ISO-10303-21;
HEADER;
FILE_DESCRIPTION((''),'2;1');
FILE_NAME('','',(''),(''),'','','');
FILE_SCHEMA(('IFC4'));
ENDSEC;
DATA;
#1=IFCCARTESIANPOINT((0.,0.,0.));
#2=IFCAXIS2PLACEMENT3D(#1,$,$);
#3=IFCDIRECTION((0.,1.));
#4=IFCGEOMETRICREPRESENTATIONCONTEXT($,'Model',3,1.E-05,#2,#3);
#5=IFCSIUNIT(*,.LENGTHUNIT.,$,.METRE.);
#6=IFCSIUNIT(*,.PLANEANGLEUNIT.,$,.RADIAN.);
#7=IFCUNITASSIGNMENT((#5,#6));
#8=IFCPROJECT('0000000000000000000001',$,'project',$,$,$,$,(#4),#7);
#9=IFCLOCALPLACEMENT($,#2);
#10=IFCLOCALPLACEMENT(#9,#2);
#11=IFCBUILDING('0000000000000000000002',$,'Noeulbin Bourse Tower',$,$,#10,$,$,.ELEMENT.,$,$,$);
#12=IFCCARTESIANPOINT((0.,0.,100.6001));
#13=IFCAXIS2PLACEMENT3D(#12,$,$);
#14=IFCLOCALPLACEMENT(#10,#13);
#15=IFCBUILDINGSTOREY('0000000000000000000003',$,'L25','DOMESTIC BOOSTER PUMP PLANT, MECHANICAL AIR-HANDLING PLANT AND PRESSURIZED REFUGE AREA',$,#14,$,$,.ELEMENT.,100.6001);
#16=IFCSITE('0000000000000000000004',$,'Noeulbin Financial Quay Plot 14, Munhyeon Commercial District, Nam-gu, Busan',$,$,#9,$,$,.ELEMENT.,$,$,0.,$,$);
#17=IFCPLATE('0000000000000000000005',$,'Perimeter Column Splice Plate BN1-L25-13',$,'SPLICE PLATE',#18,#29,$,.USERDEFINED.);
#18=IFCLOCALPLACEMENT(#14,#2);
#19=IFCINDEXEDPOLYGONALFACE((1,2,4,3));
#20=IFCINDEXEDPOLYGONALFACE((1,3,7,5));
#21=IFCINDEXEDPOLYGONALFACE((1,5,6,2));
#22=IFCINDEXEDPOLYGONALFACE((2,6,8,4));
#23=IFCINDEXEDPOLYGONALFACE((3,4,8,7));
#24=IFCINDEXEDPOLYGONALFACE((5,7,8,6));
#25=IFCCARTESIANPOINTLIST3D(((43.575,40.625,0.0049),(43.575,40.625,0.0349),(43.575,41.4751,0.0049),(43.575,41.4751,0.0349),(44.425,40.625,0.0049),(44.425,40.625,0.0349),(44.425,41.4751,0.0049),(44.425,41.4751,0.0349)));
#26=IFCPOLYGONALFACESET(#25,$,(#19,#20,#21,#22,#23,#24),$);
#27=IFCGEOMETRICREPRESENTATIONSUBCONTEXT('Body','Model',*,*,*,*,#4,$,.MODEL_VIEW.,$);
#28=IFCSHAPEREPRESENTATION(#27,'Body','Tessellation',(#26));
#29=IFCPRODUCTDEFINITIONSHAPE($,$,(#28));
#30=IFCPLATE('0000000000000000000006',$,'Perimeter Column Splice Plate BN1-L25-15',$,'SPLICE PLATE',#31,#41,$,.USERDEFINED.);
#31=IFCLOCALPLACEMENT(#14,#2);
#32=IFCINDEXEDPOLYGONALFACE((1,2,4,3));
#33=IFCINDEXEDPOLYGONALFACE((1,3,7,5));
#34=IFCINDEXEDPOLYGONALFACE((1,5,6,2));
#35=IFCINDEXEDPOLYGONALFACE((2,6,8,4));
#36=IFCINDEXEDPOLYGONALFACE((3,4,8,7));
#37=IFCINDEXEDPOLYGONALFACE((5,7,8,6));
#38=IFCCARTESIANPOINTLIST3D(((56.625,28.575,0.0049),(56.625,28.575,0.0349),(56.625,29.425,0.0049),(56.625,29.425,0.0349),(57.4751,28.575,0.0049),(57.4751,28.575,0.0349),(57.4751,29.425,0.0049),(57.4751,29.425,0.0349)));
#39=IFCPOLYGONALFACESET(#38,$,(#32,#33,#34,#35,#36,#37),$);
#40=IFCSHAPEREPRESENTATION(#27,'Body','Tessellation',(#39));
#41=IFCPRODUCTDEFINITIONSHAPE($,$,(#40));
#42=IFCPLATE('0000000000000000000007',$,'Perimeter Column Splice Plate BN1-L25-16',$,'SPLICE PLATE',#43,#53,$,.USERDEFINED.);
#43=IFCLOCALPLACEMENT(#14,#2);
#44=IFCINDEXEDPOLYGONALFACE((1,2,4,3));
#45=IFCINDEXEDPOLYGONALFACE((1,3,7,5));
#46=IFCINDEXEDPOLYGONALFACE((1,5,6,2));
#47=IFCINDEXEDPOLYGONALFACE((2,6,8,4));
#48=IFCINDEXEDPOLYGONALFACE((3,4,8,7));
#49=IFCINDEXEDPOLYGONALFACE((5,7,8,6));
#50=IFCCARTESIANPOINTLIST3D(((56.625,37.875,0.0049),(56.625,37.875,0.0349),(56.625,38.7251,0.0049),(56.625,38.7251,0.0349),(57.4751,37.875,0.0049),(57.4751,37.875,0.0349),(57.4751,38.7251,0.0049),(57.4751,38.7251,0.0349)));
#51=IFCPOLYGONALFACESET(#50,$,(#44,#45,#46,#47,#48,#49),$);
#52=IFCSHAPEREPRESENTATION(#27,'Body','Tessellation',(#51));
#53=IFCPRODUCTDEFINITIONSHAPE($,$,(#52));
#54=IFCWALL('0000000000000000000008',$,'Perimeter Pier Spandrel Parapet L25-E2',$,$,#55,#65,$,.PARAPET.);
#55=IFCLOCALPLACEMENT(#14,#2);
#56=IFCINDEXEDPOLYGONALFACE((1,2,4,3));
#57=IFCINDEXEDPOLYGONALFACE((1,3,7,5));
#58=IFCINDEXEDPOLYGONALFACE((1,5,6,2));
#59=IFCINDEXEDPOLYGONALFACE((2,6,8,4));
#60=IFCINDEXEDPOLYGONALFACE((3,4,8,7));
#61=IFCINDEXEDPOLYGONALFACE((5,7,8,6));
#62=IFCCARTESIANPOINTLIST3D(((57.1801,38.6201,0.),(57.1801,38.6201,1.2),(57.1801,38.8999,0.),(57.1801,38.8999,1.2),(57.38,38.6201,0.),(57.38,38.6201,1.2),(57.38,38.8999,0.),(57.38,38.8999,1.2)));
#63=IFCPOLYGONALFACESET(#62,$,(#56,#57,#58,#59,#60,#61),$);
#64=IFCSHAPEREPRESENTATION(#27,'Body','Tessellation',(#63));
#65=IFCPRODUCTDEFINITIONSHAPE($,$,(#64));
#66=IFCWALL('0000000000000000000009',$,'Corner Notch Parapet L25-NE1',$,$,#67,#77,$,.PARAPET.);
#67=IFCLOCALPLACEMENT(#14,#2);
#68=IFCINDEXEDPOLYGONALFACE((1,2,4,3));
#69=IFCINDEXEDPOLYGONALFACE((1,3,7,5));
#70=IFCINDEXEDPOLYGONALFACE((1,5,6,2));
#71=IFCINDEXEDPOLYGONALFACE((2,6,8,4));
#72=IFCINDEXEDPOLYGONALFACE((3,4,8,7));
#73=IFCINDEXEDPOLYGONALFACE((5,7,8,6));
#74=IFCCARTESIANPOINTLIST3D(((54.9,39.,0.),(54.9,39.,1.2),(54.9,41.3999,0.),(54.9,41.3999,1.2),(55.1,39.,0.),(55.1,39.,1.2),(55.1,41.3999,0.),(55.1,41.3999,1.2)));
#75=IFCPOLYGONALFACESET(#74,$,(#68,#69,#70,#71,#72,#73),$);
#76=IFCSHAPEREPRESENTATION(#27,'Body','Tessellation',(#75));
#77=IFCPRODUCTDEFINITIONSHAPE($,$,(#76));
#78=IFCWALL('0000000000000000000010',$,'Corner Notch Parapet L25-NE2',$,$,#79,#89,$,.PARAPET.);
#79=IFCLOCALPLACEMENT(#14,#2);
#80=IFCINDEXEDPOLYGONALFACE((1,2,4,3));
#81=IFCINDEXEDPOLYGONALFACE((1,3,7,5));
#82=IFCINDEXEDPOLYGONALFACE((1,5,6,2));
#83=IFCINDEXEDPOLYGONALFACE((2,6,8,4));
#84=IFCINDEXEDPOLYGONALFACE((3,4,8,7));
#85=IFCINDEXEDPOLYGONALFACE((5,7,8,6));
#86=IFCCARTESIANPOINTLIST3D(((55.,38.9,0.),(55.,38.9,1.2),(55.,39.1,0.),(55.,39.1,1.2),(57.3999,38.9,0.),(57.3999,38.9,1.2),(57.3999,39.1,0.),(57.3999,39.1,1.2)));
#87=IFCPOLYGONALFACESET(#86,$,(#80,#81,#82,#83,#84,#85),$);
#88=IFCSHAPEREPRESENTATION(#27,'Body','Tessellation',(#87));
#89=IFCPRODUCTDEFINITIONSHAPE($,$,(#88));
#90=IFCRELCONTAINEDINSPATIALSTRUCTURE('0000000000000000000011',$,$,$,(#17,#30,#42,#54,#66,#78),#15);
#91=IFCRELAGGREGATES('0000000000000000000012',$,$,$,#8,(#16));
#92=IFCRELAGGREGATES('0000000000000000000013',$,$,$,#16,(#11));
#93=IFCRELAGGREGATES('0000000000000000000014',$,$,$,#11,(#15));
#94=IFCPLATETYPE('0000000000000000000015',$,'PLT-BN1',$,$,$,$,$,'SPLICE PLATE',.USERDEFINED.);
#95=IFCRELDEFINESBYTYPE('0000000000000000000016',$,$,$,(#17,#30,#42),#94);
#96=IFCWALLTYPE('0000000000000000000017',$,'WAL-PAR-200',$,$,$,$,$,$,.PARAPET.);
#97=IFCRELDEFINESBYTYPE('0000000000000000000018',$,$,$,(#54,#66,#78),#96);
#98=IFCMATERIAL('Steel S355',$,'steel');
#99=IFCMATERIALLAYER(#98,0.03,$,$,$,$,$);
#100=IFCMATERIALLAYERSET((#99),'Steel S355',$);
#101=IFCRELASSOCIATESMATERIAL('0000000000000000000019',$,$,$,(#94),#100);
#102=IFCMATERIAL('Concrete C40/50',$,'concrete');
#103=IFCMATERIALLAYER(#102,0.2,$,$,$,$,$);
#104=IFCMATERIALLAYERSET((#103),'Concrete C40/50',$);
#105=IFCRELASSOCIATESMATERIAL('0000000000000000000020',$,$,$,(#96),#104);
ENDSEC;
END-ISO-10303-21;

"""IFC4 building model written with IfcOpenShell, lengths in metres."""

from ifc_helpers import new_model, si_unit, direction, frame, frame_2d, origin, origin_2d, place, context, subcontext, project, spatial, rectangle, extrude, material, layer, layer_set, type_object, element, save


model = new_model("IFC4")

# Units and contexts
model_context = context("Model", 3, precision=1e-05, world=origin(), true_north=direction((0.0, 1.0)))
body_context = subcontext(model_context, "Body", "Model", "MODEL_VIEW")
ifc_project = project(units=[si_unit("LENGTHUNIT", "METRE"), si_unit("PLANEANGLEUNIT", "RADIAN")], contexts=[model_context])

# Site, building, storey
site_placement = place(None, origin())
site = spatial("IfcSite", under=ifc_project, at=site_placement, Name="Noeulbin Financial Quay Plot 14, Munhyeon Commercial District, Nam-gu, Busan", CompositionType="ELEMENT", RefElevation=0.0)
building_placement = place(site_placement, origin())
building = spatial("IfcBuilding", under=site, at=building_placement, Name="Noeulbin Bourse Tower", CompositionType="ELEMENT")
storey_placement = place(building_placement, frame((0.0, 0.0, 100.6001)))
storey = spatial("IfcBuildingStorey", under=building, at=storey_placement, Name="L25", Description="DOMESTIC BOOSTER PUMP PLANT, MECHANICAL AIR-HANDLING PLANT AND PRESSURIZED REFUGE AREA", CompositionType="ELEMENT", Elevation=100.6001)

# Shared definitions
ifc_material_1 = material(Name="Steel S355", Category="steel")

# Plates
ifc_layer_1 = layer(ifc_material_1, 0.03)
ifc_layer_set_1 = layer_set([ifc_layer_1], Name="Steel S355")
plate_type_1 = type_object("IfcPlateType", Name="PLT-BN1", ElementType="SPLICE PLATE", PredefinedType="USERDEFINED", material=ifc_layer_set_1)
for number, where, z_axis, x_axis, name in (
    (1, (44.0, 41.05, 0.0049), (0.0, 0.0, 1.0), (1.0, 0.0, 0.0), "Perimeter Column Splice Plate BN1-L25-13"),
    (2, (57.05, 29.0, 0.0049), (0.0, 0.0, 1.0), (1.0, 0.0, 0.0), "Perimeter Column Splice Plate BN1-L25-15"),
    (3, (57.05, 38.3, 0.0049), (0.0, 0.0, 1.0), (1.0, 0.0, 0.0), "Perimeter Column Splice Plate BN1-L25-16"),
):
    element("IfcPlate", number, at=place(storey_placement, frame(where, z_axis=z_axis, x_axis=x_axis)), inside=storey, type_object=plate_type_1, Name=name, ObjectType="SPLICE PLATE", PredefinedType="USERDEFINED", context=body_context, shape_type="SweptSolid", body=[
        extrude(rectangle(XDim=0.8501, YDim=0.8501, at=origin_2d()), origin(), (0.0, 0.0, 1.0), 0.03),
    ])

# Walls
ifc_material_2 = material(Name="Concrete C40/50", Category="concrete")
ifc_layer_2 = layer(ifc_material_2, 0.2)
ifc_layer_set_2 = layer_set([ifc_layer_2], Name="Concrete C40/50")
wall_type = type_object("IfcWallType", Name="WAL-PAR-200", PredefinedType="PARAPET", material=ifc_layer_set_2)
wall_placement = place(storey_placement, frame((57.28, 38.6201, 0.0), z_axis=(0.0, 0.0, 1.0), x_axis=(0.0, 1.0, 0.0)))
element("IfcWall", 4, at=wall_placement, inside=storey, type_object=wall_type, Name="Perimeter Pier Spandrel Parapet L25-E2", PredefinedType="PARAPET", context=body_context, shape_type="SweptSolid", body=[
    extrude(rectangle(XDim=0.2798, YDim=0.2, at=frame_2d((0.1399, 0.0))), origin(), (0.0, 0.0, 1.0), 1.2),
])
for number, where, z_axis, x_axis, name in (
    (5, (55.0, 41.3999, 0.0), (0.0, 0.0, 1.0), (0.0, -1.0, 0.0), "Corner Notch Parapet L25-NE1"),
    (6, (55.0, 39.0, 0.0), (0.0, 0.0, 1.0), (1.0, 0.0, 0.0), "Corner Notch Parapet L25-NE2"),
):
    element("IfcWall", number, at=place(storey_placement, frame(where, z_axis=z_axis, x_axis=x_axis)), inside=storey, type_object=wall_type, Name=name, PredefinedType="PARAPET", context=body_context, shape_type="SweptSolid", body=[
        extrude(rectangle(XDim=2.3999, YDim=0.2, at=frame_2d((1.2, 0.0))), origin(), (0.0, 0.0, 1.0), 1.2),
    ])

save(model, "model.ifc")
